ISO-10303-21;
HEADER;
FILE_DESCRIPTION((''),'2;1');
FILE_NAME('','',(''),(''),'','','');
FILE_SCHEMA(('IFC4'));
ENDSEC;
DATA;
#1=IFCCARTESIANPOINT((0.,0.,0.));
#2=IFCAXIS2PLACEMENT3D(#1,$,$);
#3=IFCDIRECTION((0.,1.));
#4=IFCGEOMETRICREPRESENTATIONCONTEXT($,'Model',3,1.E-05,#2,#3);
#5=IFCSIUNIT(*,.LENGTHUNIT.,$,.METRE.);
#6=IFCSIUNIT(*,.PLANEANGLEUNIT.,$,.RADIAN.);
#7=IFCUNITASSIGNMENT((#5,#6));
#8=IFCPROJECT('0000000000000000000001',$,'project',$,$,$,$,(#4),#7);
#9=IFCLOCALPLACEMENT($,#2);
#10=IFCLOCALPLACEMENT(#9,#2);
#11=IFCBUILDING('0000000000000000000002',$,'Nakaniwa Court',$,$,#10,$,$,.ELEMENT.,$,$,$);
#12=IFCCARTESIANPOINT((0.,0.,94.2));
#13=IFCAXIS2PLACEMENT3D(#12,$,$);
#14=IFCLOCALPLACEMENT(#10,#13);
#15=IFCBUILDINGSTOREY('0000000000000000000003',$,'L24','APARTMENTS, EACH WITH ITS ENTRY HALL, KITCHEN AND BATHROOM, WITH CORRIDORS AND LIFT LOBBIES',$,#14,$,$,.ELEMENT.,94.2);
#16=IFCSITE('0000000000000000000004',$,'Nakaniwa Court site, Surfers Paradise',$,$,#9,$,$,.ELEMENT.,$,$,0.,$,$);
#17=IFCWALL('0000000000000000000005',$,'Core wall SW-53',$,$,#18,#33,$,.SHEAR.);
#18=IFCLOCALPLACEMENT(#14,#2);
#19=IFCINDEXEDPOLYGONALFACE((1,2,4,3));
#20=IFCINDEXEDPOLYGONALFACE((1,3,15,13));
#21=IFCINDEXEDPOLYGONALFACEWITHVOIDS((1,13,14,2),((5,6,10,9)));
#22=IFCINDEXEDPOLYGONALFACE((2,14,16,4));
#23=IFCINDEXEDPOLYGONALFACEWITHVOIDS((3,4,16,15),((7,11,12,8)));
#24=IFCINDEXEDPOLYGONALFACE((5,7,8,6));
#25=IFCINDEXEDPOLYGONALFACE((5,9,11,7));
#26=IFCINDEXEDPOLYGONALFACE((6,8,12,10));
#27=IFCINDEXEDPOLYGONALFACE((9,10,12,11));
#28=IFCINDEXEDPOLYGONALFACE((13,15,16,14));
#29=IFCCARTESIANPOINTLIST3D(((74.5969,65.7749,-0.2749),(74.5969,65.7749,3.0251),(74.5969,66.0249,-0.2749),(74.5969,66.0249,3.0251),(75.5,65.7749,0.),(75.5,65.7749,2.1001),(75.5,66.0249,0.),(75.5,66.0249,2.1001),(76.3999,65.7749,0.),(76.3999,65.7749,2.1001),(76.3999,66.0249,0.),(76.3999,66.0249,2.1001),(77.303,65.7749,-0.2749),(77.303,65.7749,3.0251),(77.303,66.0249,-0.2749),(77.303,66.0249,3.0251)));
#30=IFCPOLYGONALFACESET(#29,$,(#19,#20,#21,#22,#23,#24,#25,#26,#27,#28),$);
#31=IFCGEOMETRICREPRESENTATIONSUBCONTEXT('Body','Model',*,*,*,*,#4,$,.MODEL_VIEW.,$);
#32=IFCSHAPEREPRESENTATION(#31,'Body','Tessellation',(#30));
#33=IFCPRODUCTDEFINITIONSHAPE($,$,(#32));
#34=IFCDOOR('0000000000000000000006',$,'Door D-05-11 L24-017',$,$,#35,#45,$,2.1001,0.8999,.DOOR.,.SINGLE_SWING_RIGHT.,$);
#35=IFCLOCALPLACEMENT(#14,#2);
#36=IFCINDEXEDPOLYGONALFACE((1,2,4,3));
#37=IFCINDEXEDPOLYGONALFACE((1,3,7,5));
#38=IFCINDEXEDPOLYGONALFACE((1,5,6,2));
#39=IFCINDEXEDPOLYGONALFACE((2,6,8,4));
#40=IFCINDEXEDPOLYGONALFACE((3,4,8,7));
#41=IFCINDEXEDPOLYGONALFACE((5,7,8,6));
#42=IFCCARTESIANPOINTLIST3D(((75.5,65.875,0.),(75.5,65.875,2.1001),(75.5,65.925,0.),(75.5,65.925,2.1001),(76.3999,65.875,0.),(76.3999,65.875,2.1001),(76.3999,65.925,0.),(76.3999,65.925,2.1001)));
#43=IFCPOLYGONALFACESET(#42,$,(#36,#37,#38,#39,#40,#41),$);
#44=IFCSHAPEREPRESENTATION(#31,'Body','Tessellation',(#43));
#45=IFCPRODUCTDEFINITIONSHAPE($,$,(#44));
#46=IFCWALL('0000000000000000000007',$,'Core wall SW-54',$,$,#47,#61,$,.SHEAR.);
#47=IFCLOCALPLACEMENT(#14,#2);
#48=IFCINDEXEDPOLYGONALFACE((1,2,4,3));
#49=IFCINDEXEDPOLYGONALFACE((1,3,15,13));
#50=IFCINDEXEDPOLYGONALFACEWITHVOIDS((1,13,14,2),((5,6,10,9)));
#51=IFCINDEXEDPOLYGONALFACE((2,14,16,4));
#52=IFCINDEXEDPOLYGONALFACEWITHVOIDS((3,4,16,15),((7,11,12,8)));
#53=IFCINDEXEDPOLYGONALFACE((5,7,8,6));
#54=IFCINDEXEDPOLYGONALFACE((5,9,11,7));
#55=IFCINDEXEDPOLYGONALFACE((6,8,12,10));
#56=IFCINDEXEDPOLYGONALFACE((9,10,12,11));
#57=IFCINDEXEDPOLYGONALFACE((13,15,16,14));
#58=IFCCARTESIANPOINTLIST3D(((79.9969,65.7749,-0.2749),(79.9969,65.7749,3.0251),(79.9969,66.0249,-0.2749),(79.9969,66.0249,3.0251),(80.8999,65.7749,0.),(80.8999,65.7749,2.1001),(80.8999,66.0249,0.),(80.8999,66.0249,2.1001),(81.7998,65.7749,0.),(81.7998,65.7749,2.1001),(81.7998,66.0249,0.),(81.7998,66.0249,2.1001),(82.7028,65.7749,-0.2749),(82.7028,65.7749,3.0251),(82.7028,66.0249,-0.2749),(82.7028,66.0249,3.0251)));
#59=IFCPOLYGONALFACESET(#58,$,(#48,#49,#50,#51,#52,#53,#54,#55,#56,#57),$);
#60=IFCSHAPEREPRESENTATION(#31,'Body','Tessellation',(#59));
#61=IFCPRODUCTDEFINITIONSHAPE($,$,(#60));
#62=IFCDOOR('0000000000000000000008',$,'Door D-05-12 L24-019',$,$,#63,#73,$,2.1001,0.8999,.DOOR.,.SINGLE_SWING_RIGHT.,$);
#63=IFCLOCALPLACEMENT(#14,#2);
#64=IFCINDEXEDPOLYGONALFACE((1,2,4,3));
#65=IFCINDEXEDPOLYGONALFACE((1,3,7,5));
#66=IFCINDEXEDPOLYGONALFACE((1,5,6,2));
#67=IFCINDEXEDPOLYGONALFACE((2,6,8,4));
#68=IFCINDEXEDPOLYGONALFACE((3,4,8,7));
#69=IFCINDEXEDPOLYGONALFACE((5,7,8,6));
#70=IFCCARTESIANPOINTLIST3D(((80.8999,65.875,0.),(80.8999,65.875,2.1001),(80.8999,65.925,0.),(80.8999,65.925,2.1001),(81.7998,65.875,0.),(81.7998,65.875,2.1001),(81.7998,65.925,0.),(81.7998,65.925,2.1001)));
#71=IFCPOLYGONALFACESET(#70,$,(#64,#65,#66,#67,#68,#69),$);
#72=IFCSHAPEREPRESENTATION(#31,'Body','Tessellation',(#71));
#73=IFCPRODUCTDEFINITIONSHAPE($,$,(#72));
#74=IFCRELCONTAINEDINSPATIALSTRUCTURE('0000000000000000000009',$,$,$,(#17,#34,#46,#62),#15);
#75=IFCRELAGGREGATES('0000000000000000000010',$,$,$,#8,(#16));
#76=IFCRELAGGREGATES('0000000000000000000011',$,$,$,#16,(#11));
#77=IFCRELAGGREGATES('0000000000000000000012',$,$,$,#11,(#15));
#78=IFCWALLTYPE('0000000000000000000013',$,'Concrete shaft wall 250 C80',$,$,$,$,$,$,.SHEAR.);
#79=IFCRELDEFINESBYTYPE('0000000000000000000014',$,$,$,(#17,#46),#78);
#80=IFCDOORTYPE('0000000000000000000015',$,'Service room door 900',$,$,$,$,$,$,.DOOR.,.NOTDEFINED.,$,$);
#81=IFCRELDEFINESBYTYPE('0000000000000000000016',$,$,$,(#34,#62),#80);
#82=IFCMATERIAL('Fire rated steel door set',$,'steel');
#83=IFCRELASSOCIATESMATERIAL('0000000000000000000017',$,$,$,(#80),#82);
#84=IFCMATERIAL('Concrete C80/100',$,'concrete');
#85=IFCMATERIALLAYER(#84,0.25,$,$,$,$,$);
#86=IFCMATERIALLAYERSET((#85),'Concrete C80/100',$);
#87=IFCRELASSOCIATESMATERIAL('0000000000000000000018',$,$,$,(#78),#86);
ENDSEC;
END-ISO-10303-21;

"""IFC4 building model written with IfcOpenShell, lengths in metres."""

from ifc_helpers import new_model, si_unit, direction, frame, frame_2d, origin, place, context, subcontext, project, spatial, rectangle, extrude, material, layer, layer_set, type_object, element, fill, save


model = new_model("IFC4")

# Units and contexts
model_context = context("Model", 3, precision=1e-05, world=origin(), true_north=direction((0.0, 1.0)))
body_context = subcontext(model_context, "Body", "Model", "MODEL_VIEW")
ifc_project = project(units=[si_unit("LENGTHUNIT", "METRE"), si_unit("PLANEANGLEUNIT", "RADIAN")], contexts=[model_context])

# Site, building, storey
site_placement = place(None, origin())
site = spatial("IfcSite", under=ifc_project, at=site_placement, Name="Nakaniwa Court site, Surfers Paradise", CompositionType="ELEMENT", RefElevation=0.0)
building_placement = place(site_placement, origin())
building = spatial("IfcBuilding", under=site, at=building_placement, Name="Nakaniwa Court", CompositionType="ELEMENT")
storey_placement = place(building_placement, frame((0.0, 0.0, 94.2)))
storey = spatial("IfcBuildingStorey", under=building, at=storey_placement, Name="L24", Description="APARTMENTS, EACH WITH ITS ENTRY HALL, KITCHEN AND BATHROOM, WITH CORRIDORS AND LIFT LOBBIES", CompositionType="ELEMENT", Elevation=94.2)

# Shared definitions
ifc_material_1 = material(Name="Concrete C80/100", Category="concrete")

# Shared definitions
ifc_material_2 = material(Name="Fire rated steel door set", Category="steel")
door_type_1 = type_object("IfcDoorType", Name="Service room door 900", OperationType="NOTDEFINED", PredefinedType="DOOR", material=ifc_material_2)

# Shared definitions
ifc_layer_1 = layer(ifc_material_1, 0.25)
ifc_layer_set_1 = layer_set([ifc_layer_1], Name="Concrete C80/100")
wall_type_1 = type_object("IfcWallType", Name="Concrete shaft wall 250 C80", PredefinedType="SHEAR", material=ifc_layer_set_1)

# Walls, openings, doors
wall_1_placement = place(storey_placement, frame((77.303, 65.8999, -0.2749), z_axis=(0.0, 0.0, 1.0), x_axis=(-1.0, 0.0, 0.0)))
wall_1 = element("IfcWall", 1, at=wall_1_placement, inside=storey, type_object=wall_type_1, Name="Core wall SW-53", PredefinedType="SHEAR", context=body_context, shape_type="SweptSolid", body=[
    extrude(rectangle(XDim=2.7061, YDim=0.25, at=frame_2d((1.353, 0.0))), origin(), (0.0, 0.0, 1.0), 3.3),
])
opening_1_placement = place(wall_1_placement, frame((0.9031, 0.0, 0.2749)))
opening_1 = element("IfcOpeningElement", 2, at=opening_1_placement, cuts=wall_1, PredefinedType="OPENING", context=body_context, shape_type="SweptSolid", body=[
    extrude(rectangle(XDim=0.8999, YDim=2.1001, at=frame_2d((0.45, 1.05))), frame((0.0, 0.135, 0.0), z_axis=(0.0, -1.0, 0.0), x_axis=(1.0, 0.0, 0.0)), (0.0, 0.0, 1.0), 0.27),
])
door_1_placement = place(opening_1_placement, origin())
door_1 = element("IfcDoor", 3, at=door_1_placement, inside=storey, type_object=door_type_1, Name="Door D-05-11 L24-017", OperationType="SINGLE_SWING_RIGHT", OverallHeight=2.1001, OverallWidth=0.8999, PredefinedType="DOOR", context=body_context, shape_type="SweptSolid", body=[
    extrude(rectangle(XDim=0.8999, YDim=2.1001, at=frame_2d((0.45, 1.05))), frame((0.0, 0.0249, 0.0), z_axis=(0.0, -1.0, 0.0), x_axis=(1.0, 0.0, 0.0)), (0.0, 0.0, 1.0), 0.05),
])
fill(opening_1, door_1)
wall_2_placement = place(storey_placement, frame((82.7029, 65.8999, -0.2749), z_axis=(0.0, 0.0, 1.0), x_axis=(-1.0, 0.0, 0.0)))
wall_2 = element("IfcWall", 4, at=wall_2_placement, inside=storey, type_object=wall_type_1, Name="Core wall SW-54", PredefinedType="SHEAR", context=body_context, shape_type="SweptSolid", body=[
    extrude(rectangle(XDim=2.7058, YDim=0.25, at=frame_2d((1.353, 0.0))), origin(), (0.0, 0.0, 1.0), 3.3),
])
opening_2_placement = place(wall_2_placement, frame((0.9031, 0.0, 0.2749)))
opening_2 = element("IfcOpeningElement", 5, at=opening_2_placement, cuts=wall_2, PredefinedType="OPENING", context=body_context, shape_type="SweptSolid", body=[
    extrude(rectangle(XDim=0.8999, YDim=2.1001, at=frame_2d((0.45, 1.05))), frame((0.0, 0.135, 0.0), z_axis=(0.0, -1.0, 0.0), x_axis=(1.0, 0.0, 0.0)), (0.0, 0.0, 1.0), 0.27),
])
door_2_placement = place(opening_2_placement, origin())
door_2 = element("IfcDoor", 6, at=door_2_placement, inside=storey, type_object=door_type_1, Name="Door D-05-12 L24-019", OperationType="SINGLE_SWING_RIGHT", OverallHeight=2.1001, OverallWidth=0.8999, PredefinedType="DOOR", context=body_context, shape_type="SweptSolid", body=[
    extrude(rectangle(XDim=0.8999, YDim=2.1001, at=frame_2d((0.45, 1.05))), frame((0.0, 0.0249, 0.0), z_axis=(0.0, -1.0, 0.0), x_axis=(1.0, 0.0, 0.0)), (0.0, 0.0, 1.0), 0.05),
])
fill(opening_2, door_2)

save(model, "model.ifc")
